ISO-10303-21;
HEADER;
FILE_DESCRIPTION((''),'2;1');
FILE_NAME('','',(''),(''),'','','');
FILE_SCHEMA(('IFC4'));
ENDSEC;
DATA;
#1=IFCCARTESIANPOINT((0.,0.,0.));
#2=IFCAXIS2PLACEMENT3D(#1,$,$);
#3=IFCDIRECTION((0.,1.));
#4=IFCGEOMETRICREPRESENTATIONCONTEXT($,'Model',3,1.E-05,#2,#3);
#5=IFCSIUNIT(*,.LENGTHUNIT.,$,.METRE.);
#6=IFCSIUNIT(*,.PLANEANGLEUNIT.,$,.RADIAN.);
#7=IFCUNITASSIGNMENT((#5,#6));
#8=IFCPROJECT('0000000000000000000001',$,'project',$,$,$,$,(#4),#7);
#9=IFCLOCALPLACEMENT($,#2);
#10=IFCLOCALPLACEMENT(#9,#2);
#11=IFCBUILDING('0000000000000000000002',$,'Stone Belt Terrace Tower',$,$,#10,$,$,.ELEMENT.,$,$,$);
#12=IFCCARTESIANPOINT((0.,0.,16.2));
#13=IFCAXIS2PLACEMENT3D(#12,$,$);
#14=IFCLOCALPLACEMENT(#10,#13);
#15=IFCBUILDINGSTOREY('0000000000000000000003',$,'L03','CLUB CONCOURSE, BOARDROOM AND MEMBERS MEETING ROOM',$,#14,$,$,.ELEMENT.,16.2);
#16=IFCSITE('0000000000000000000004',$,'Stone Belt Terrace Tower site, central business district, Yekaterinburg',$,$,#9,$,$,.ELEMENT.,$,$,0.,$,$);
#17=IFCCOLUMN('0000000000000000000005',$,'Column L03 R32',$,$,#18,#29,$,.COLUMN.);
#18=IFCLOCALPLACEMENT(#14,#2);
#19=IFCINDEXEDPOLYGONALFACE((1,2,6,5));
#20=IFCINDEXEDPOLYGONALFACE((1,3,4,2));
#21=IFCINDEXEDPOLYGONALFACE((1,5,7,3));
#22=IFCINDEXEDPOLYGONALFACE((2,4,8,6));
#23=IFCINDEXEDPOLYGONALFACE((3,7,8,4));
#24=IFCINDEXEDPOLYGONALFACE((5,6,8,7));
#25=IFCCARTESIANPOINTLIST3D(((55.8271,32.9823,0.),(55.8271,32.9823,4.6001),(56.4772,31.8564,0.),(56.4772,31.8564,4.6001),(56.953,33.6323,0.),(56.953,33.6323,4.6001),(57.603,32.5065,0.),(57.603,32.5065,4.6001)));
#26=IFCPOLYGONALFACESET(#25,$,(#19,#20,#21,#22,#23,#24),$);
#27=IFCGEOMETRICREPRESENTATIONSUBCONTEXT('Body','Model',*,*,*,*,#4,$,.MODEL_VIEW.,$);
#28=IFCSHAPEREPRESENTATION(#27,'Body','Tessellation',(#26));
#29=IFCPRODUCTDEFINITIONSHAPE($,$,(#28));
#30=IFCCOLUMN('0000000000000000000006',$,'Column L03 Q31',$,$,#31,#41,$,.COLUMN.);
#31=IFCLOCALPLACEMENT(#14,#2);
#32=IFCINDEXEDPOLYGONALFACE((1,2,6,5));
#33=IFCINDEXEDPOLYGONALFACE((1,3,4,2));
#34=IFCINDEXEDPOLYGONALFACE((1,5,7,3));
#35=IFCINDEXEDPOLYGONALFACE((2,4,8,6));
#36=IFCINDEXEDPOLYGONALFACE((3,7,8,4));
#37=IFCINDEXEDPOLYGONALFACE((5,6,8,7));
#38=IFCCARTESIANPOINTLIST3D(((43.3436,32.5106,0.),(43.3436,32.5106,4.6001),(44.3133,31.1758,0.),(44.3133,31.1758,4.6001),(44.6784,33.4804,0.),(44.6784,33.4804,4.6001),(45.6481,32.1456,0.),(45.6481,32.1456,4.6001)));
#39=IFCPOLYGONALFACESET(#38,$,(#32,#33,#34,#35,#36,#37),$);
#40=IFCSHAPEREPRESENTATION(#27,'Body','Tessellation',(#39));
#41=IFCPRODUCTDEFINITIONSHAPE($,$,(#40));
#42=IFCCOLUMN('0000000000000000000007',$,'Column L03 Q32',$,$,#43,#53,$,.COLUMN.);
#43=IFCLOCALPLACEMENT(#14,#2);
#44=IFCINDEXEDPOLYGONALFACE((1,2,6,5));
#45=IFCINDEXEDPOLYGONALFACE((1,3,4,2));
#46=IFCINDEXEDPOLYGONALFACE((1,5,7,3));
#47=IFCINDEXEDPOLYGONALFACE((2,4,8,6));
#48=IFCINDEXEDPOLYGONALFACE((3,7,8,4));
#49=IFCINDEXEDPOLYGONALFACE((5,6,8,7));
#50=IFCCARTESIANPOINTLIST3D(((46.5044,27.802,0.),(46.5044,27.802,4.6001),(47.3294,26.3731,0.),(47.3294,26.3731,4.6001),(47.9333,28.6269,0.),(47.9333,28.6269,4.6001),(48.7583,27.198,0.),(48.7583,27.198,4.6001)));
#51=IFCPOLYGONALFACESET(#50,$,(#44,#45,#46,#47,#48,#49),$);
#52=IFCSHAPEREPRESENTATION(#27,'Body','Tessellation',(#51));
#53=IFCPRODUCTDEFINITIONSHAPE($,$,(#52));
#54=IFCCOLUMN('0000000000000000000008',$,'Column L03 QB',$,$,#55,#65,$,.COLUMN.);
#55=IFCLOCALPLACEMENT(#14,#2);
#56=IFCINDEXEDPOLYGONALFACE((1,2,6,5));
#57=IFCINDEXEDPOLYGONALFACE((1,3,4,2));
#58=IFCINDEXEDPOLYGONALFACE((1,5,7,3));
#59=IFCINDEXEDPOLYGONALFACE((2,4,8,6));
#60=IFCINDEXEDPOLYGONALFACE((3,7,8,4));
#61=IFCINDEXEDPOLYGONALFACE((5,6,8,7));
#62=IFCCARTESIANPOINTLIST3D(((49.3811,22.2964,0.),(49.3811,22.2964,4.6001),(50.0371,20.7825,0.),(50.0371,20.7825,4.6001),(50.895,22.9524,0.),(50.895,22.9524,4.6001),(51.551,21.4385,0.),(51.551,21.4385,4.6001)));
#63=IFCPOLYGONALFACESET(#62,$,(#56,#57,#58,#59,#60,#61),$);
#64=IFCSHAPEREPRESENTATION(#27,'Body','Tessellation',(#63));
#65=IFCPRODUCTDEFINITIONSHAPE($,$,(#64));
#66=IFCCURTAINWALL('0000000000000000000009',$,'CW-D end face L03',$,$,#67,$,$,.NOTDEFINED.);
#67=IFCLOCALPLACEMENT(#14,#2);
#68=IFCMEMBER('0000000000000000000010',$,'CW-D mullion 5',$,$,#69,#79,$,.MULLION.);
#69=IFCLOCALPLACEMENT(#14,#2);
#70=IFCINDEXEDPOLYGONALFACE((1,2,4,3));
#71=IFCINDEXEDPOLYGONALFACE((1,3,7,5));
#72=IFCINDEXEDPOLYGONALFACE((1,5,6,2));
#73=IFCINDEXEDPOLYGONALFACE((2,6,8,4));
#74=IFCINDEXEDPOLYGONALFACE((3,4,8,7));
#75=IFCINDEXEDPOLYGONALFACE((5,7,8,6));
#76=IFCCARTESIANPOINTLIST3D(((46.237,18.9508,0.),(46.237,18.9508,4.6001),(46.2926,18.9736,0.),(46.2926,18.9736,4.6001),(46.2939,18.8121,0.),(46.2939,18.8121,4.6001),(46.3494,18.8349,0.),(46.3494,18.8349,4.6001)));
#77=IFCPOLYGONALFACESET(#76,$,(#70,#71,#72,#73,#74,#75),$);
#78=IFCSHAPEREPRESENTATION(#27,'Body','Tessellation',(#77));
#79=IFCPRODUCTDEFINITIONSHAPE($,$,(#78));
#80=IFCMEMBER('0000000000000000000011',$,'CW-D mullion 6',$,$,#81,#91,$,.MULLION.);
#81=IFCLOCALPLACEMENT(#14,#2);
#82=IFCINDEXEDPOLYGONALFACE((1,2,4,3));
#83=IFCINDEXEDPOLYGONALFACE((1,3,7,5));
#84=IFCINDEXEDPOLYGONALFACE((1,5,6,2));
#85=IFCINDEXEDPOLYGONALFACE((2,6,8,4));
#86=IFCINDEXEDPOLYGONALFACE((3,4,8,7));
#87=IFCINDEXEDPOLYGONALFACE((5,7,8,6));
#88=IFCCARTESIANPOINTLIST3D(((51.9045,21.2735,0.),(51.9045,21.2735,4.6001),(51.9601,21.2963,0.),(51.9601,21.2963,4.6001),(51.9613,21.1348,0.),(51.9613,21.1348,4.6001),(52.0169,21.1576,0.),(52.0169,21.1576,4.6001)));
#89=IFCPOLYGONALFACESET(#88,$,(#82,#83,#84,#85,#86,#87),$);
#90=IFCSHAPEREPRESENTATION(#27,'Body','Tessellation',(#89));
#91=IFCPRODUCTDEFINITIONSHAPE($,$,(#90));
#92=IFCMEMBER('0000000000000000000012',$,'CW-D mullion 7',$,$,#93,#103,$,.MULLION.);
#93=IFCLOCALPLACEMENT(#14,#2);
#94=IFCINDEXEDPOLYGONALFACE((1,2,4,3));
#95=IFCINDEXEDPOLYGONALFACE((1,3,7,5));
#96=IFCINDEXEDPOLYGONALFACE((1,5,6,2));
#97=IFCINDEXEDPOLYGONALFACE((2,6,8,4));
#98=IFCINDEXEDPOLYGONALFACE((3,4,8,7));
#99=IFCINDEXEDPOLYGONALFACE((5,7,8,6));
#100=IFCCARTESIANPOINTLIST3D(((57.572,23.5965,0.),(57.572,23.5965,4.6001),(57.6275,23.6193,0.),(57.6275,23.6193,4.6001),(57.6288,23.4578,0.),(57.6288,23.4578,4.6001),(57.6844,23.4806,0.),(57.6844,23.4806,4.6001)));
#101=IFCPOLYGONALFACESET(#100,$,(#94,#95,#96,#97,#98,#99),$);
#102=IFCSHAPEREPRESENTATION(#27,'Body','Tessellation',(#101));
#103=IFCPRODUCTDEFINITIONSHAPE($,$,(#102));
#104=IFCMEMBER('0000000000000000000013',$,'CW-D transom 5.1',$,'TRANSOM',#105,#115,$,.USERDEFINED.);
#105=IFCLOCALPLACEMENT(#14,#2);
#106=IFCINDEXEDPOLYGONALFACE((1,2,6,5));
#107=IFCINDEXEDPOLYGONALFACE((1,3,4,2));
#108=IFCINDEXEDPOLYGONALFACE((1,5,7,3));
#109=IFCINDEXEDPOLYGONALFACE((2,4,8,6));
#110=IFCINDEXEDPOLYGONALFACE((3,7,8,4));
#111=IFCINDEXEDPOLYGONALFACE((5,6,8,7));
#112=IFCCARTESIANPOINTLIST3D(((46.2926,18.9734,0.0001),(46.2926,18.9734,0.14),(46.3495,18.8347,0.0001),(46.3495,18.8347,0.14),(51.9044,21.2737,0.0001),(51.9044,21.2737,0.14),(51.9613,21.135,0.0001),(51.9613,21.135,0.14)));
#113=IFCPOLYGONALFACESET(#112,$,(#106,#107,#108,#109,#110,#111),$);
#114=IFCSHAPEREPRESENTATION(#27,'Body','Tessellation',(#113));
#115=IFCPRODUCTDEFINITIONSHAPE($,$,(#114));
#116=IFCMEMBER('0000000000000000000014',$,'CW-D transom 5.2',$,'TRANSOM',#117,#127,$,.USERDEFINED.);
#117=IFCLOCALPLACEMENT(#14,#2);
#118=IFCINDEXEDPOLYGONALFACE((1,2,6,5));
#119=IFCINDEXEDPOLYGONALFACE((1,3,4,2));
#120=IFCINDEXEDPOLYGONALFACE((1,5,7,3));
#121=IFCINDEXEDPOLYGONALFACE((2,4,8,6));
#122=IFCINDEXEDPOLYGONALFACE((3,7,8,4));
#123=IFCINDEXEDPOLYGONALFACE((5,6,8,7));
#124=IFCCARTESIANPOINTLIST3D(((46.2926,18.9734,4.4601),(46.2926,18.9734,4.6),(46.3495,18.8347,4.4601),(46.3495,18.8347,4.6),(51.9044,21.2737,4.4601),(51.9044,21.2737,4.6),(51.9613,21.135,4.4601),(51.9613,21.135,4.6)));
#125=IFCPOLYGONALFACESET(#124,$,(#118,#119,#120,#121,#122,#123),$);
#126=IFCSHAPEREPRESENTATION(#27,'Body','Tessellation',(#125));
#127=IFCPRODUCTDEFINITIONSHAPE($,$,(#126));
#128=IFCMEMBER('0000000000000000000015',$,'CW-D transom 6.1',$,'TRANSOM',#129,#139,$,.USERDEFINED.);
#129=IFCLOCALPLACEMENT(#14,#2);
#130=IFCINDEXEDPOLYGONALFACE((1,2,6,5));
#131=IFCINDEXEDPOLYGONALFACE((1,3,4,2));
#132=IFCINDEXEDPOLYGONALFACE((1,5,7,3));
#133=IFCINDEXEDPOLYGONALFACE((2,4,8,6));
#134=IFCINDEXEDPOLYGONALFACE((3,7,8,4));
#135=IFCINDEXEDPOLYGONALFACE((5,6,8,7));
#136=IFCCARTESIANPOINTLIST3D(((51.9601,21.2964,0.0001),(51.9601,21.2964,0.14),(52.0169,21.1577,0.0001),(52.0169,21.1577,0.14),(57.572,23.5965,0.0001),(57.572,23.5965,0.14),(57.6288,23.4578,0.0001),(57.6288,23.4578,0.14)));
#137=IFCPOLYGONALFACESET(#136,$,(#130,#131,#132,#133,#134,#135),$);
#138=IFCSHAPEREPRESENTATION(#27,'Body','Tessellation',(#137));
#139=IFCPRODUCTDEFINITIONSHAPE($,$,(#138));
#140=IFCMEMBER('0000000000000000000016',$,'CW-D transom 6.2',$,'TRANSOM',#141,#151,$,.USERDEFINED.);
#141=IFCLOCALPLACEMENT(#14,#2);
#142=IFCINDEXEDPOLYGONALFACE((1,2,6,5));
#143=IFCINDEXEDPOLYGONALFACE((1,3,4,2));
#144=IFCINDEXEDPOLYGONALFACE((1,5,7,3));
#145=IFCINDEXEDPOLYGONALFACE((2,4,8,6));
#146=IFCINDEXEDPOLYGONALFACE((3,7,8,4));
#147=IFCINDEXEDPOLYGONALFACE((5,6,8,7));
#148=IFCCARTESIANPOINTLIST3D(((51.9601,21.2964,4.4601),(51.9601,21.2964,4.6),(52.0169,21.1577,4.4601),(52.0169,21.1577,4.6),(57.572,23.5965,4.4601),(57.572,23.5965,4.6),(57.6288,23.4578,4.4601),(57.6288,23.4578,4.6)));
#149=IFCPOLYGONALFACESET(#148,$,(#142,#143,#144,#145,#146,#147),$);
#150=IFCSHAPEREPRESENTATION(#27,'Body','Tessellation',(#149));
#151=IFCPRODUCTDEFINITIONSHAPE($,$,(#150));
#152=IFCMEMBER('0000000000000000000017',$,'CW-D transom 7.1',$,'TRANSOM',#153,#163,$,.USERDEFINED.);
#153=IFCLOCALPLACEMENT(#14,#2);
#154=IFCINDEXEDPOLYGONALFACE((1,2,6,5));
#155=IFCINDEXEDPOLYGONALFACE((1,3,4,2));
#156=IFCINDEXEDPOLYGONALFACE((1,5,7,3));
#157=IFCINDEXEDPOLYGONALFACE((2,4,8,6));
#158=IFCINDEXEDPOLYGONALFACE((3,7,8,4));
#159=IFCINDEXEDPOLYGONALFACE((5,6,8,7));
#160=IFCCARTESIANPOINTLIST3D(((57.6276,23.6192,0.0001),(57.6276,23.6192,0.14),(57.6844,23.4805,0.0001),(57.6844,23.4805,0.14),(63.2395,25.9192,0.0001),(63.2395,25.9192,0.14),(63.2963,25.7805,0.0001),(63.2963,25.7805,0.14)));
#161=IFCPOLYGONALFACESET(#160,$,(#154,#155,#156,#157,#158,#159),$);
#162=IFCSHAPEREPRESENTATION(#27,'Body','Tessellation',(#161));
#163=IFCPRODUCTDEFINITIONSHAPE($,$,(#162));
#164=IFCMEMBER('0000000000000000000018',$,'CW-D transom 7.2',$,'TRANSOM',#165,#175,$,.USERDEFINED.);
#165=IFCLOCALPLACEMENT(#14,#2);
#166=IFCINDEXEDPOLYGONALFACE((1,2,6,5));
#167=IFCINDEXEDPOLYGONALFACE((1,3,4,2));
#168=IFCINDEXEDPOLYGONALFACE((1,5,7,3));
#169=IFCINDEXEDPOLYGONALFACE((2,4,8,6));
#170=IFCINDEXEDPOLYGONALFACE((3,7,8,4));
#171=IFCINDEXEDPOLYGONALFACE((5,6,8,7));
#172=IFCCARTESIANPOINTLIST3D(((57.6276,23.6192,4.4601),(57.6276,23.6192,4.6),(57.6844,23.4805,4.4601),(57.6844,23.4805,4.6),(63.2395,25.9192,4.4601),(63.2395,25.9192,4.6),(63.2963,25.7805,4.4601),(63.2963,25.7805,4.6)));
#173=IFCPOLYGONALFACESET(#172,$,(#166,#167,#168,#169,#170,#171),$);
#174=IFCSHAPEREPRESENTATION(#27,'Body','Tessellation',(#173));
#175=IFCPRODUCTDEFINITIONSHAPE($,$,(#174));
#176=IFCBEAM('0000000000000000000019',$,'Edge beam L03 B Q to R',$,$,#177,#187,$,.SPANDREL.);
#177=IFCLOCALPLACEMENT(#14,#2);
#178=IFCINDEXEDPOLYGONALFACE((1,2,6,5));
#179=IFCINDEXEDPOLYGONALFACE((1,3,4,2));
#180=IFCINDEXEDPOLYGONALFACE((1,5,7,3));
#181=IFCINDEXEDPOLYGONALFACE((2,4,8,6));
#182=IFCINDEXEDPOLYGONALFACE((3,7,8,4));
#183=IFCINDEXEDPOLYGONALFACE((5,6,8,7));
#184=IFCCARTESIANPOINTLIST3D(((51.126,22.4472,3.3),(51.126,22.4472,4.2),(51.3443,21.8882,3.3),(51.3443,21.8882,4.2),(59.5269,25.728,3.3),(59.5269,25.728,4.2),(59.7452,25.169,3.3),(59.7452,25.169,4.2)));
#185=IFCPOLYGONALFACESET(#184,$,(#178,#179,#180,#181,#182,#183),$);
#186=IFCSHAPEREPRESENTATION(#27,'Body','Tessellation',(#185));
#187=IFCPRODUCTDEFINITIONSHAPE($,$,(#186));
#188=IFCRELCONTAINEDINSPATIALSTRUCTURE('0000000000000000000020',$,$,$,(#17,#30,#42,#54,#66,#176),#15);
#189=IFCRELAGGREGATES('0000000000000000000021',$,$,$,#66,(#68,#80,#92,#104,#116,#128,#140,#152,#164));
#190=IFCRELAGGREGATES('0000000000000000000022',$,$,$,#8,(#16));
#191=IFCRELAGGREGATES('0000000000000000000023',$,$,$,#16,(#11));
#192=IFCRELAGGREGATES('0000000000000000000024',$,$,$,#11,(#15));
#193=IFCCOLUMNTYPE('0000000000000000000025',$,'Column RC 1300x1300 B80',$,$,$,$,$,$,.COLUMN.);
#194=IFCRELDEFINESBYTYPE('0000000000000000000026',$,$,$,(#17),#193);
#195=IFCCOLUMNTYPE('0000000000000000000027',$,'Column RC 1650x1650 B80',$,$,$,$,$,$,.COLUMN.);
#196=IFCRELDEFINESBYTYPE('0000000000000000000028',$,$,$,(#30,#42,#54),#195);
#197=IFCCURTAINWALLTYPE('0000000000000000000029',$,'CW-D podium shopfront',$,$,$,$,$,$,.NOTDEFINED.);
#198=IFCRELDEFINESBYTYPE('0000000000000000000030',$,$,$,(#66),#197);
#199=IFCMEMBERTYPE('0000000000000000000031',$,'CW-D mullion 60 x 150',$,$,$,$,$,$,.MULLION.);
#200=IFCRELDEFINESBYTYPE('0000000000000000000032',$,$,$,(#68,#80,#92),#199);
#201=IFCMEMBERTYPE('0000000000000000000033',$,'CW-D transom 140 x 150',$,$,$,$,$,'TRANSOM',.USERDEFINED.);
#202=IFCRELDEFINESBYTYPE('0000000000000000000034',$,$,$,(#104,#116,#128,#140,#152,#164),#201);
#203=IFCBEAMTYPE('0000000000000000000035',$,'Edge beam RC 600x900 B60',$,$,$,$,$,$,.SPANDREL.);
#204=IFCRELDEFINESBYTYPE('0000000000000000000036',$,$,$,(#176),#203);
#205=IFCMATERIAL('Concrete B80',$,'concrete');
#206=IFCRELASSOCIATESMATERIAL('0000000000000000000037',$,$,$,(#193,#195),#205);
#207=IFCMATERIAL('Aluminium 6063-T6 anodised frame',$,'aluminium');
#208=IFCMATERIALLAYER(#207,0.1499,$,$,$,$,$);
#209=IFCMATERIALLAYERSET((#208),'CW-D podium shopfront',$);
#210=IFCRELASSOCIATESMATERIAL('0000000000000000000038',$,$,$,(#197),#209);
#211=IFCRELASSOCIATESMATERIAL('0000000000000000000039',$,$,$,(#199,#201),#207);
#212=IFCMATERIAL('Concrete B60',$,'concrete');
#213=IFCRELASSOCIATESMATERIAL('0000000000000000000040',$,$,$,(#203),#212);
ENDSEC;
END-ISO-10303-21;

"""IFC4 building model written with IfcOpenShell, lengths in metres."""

from ifc_helpers import new_model, si_unit, direction, frame, origin, origin_2d, place, context, subcontext, project, spatial, rectangle, extrude, material, layer, layer_set, material_profile, profile_set, type_object, element, aggregate, save


model = new_model("IFC4")

# Units and contexts
model_context = context("Model", 3, precision=1e-05, world=origin(), true_north=direction((0.0, 1.0)))
body_context = subcontext(model_context, "Body", "Model", "MODEL_VIEW")
ifc_project = project(units=[si_unit("LENGTHUNIT", "METRE"), si_unit("PLANEANGLEUNIT", "RADIAN")], contexts=[model_context])

# Site, building, storey
site_placement = place(None, origin())
site = spatial("IfcSite", under=ifc_project, at=site_placement, Name="Stone Belt Terrace Tower site, central business district, Yekaterinburg", CompositionType="ELEMENT", RefElevation=0.0)
building_placement = place(site_placement, origin())
building = spatial("IfcBuilding", under=site, at=building_placement, Name="Stone Belt Terrace Tower", CompositionType="ELEMENT")
storey_placement = place(building_placement, frame((0.0, 0.0, 16.2)))
storey = spatial("IfcBuildingStorey", under=building, at=storey_placement, Name="L03", Description="CLUB CONCOURSE, BOARDROOM AND MEMBERS MEETING ROOM", CompositionType="ELEMENT", Elevation=16.2)

# Columns
ifc_material_1 = material(Name="Concrete B80", Category="concrete")
ifc_material_profile_1 = material_profile(ifc_material_1, rectangle(XDim=1.3, YDim=1.3, at=origin_2d()), Name="RC 1300x1300")
ifc_profile_set_1 = profile_set([ifc_material_profile_1], Name="Concrete B80")
column_type_1 = type_object("IfcColumnType", Name="Column RC 1300x1300 B80", PredefinedType="COLUMN", material=ifc_profile_set_1)
column_placement = place(storey_placement, frame((56.7151, 32.7444, 0.0), z_axis=(0.0, 0.0, 1.0), x_axis=(0.5, -0.866025, 0.0)))
element("IfcColumn", 1, at=column_placement, inside=storey, type_object=column_type_1, Name="Column L03 R32", PredefinedType="COLUMN", context=body_context, shape_type="SweptSolid", body=[
    extrude(rectangle(XDim=1.3, YDim=1.3, at=origin_2d()), origin(), (0.0, 0.0, 1.0), 4.6001),
])
ifc_material_profile_2 = material_profile(ifc_material_1, rectangle(XDim=1.6499, YDim=1.6499, at=origin_2d()), Name="RC 1650x1650")
ifc_profile_set_2 = profile_set([ifc_material_profile_2], Name="Concrete B80")
column_type_2 = type_object("IfcColumnType", Name="Column RC 1650x1650 B80", PredefinedType="COLUMN", material=ifc_profile_set_2)
for number, where, z_axis, x_axis, name in (
    (2, (44.4958, 32.3281, 0.0), (0.0, 0.0, 1.0), (0.587785, -0.809017, 0.0), "Column L03 Q31"),
    (3, (47.6313, 27.5, 0.0), (0.0, 0.0, 1.0), (0.5, -0.866025, 0.0), "Column L03 Q32"),
    (4, (50.4661, 21.8674, 0.0), (0.0, 0.0, 1.0), (0.397588, -0.917564, 0.0), "Column L03 QB"),
):
    element("IfcColumn", number, at=place(storey_placement, frame(where, z_axis=z_axis, x_axis=x_axis)), inside=storey, type_object=column_type_2, Name=name, PredefinedType="COLUMN", context=body_context, shape_type="SweptSolid", body=[
        extrude(rectangle(XDim=1.6499, YDim=1.6499, at=origin_2d()), origin(), (0.0, 0.0, 1.0), 4.6001),
    ])

# Curtain wall, members
ifc_material_2 = material(Name="Aluminium 6063-T6 anodised frame", Category="aluminium")
ifc_layer_1 = layer(ifc_material_2, 0.1499)
ifc_layer_set_1 = layer_set([ifc_layer_1], Name="CW-D podium shopfront")
curtain_wall_type = type_object("IfcCurtainWallType", Name="CW-D podium shopfront", PredefinedType="NOTDEFINED", material=ifc_layer_set_1)
curtain_wall_placement = place(storey_placement, origin())
curtain_wall = element("IfcCurtainWall", 5, at=curtain_wall_placement, inside=storey, type_object=curtain_wall_type, Name="CW-D end face L03", PredefinedType="NOTDEFINED")
ifc_material_profile_3 = material_profile(ifc_material_2, rectangle(XDim=0.1499, YDim=0.0601, at=origin_2d()), Name="Aluminium 6063-T6 60x150")
ifc_profile_set_3 = profile_set([ifc_material_profile_3], Name="Aluminium 6063-T6 anodised frame")
member_type_1 = type_object("IfcMemberType", Name="CW-D mullion 60 x 150", PredefinedType="MULLION", material=ifc_profile_set_3)
member_1_placement = place(storey_placement, frame((46.2932, 18.8928, 0.0), z_axis=(0.0, 0.0, 1.0), x_axis=(-0.379243, 0.925297, 0.0)))
member_1 = element("IfcMember", 6, at=member_1_placement, type_object=member_type_1, Name="CW-D mullion 5", PredefinedType="MULLION", context=body_context, shape_type="SweptSolid", body=[
    extrude(rectangle(XDim=0.1499, YDim=0.0601, at=origin_2d()), origin(), (0.0, 0.0, 1.0), 4.6001),
])
member_2_placement = place(storey_placement, frame((51.9607, 21.2156, 0.0), z_axis=(0.0, 0.0, 1.0), x_axis=(-0.379243, 0.925297, 0.0)))
member_2 = element("IfcMember", 7, at=member_2_placement, type_object=member_type_1, Name="CW-D mullion 6", PredefinedType="MULLION", context=body_context, shape_type="SweptSolid", body=[
    extrude(rectangle(XDim=0.1499, YDim=0.0601, at=origin_2d()), origin(), (0.0, 0.0, 1.0), 4.6001),
])
member_3_placement = place(storey_placement, frame((57.6282, 23.5386, 0.0), z_axis=(0.0, 0.0, 1.0), x_axis=(-0.379243, 0.925297, 0.0)))
member_3 = element("IfcMember", 8, at=member_3_placement, type_object=member_type_1, Name="CW-D mullion 7", PredefinedType="MULLION", context=body_context, shape_type="SweptSolid", body=[
    extrude(rectangle(XDim=0.1499, YDim=0.0601, at=origin_2d()), origin(), (0.0, 0.0, 1.0), 4.6001),
])
ifc_material_profile_4 = material_profile(ifc_material_2, rectangle(XDim=0.1499, YDim=0.1399, at=origin_2d()), Name="Aluminium 6063-T6 150x140")
ifc_profile_set_4 = profile_set([ifc_material_profile_4], Name="Aluminium 6063-T6 anodised frame")
member_type_2 = type_object("IfcMemberType", Name="CW-D transom 140 x 150", ElementType="TRANSOM", PredefinedType="USERDEFINED", material=ifc_profile_set_4)
member_4_placement = place(storey_placement, frame((46.321, 18.9041, 0.0701), z_axis=(0.925284, 0.379275, 0.0), x_axis=(-0.379275, 0.925284, 0.0)))
member_4 = element("IfcMember", 9, at=member_4_placement, type_object=member_type_2, Name="CW-D transom 5.1", ObjectType="TRANSOM", PredefinedType="USERDEFINED", context=body_context, shape_type="SweptSolid", body=[
    extrude(rectangle(XDim=0.1499, YDim=0.1399, at=origin_2d()), origin(), (0.0, 0.0, 1.0), 6.0649),
])
member_5_placement = place(storey_placement, frame((46.321, 18.9041, 4.53), z_axis=(0.925284, 0.379275, 0.0), x_axis=(-0.379275, 0.925284, 0.0)))
member_5 = element("IfcMember", 10, at=member_5_placement, type_object=member_type_2, Name="CW-D transom 5.2", ObjectType="TRANSOM", PredefinedType="USERDEFINED", context=body_context, shape_type="SweptSolid", body=[
    extrude(rectangle(XDim=0.1499, YDim=0.1399, at=origin_2d()), origin(), (0.0, 0.0, 1.0), 6.0649),
])
member_6_placement = place(storey_placement, frame((51.9885, 21.2271, 0.0701), z_axis=(0.925298, 0.379241, 0.0), x_axis=(-0.379241, 0.925298, 0.0)))
member_6 = element("IfcMember", 11, at=member_6_placement, type_object=member_type_2, Name="CW-D transom 6.1", ObjectType="TRANSOM", PredefinedType="USERDEFINED", context=body_context, shape_type="SweptSolid", body=[
    extrude(rectangle(XDim=0.1499, YDim=0.1399, at=origin_2d()), origin(), (0.0, 0.0, 1.0), 6.0649),
])
member_7_placement = place(storey_placement, frame((51.9885, 21.2271, 4.53), z_axis=(0.925298, 0.379241, 0.0), x_axis=(-0.379241, 0.925298, 0.0)))
member_7 = element("IfcMember", 12, at=member_7_placement, type_object=member_type_2, Name="CW-D transom 6.2", ObjectType="TRANSOM", PredefinedType="USERDEFINED", context=body_context, shape_type="SweptSolid", body=[
    extrude(rectangle(XDim=0.1499, YDim=0.1399, at=origin_2d()), origin(), (0.0, 0.0, 1.0), 6.0649),
])
member_8_placement = place(storey_placement, frame((57.656, 23.5498, 0.0701), z_axis=(0.925298, 0.379241, 0.0), x_axis=(-0.379241, 0.925298, 0.0)))
member_8 = element("IfcMember", 13, at=member_8_placement, type_object=member_type_2, Name="CW-D transom 7.1", ObjectType="TRANSOM", PredefinedType="USERDEFINED", context=body_context, shape_type="SweptSolid", body=[
    extrude(rectangle(XDim=0.1499, YDim=0.1399, at=origin_2d()), origin(), (0.0, 0.0, 1.0), 6.0649),
])
member_9_placement = place(storey_placement, frame((57.656, 23.5498, 4.53), z_axis=(0.925298, 0.379241, 0.0), x_axis=(-0.379241, 0.925298, 0.0)))
member_9 = element("IfcMember", 14, at=member_9_placement, type_object=member_type_2, Name="CW-D transom 7.2", ObjectType="TRANSOM", PredefinedType="USERDEFINED", context=body_context, shape_type="SweptSolid", body=[
    extrude(rectangle(XDim=0.1499, YDim=0.1399, at=origin_2d()), origin(), (0.0, 0.0, 1.0), 6.0649),
])

# Beam
ifc_material_3 = material(Name="Concrete B60", Category="concrete")
ifc_material_profile_5 = material_profile(ifc_material_3, rectangle(XDim=0.6001, YDim=0.8999, at=origin_2d()), Name="RC 600x900")
ifc_profile_set_5 = profile_set([ifc_material_profile_5], Name="Concrete B60")
beam_type = type_object("IfcBeamType", Name="Edge beam RC 600x900 B60", PredefinedType="SPANDREL", material=ifc_profile_set_5)
beam_placement = place(storey_placement, frame((51.2351, 22.1677, 3.75), z_axis=(0.931489, 0.363771, 0.0), x_axis=(-0.363771, 0.931489, 0.0)))
element("IfcBeam", 15, at=beam_placement, inside=storey, type_object=beam_type, Name="Edge beam L03 B Q to R", PredefinedType="SPANDREL", context=body_context, shape_type="SweptSolid", body=[
    extrude(rectangle(XDim=0.6001, YDim=0.8999, at=origin_2d()), origin(), (0.0, 0.0, 1.0), 9.0188),
])

aggregate(curtain_wall, [member_1, member_2, member_3, member_4, member_5, member_6, member_7, member_8, member_9])

save(model, "model.ifc")
